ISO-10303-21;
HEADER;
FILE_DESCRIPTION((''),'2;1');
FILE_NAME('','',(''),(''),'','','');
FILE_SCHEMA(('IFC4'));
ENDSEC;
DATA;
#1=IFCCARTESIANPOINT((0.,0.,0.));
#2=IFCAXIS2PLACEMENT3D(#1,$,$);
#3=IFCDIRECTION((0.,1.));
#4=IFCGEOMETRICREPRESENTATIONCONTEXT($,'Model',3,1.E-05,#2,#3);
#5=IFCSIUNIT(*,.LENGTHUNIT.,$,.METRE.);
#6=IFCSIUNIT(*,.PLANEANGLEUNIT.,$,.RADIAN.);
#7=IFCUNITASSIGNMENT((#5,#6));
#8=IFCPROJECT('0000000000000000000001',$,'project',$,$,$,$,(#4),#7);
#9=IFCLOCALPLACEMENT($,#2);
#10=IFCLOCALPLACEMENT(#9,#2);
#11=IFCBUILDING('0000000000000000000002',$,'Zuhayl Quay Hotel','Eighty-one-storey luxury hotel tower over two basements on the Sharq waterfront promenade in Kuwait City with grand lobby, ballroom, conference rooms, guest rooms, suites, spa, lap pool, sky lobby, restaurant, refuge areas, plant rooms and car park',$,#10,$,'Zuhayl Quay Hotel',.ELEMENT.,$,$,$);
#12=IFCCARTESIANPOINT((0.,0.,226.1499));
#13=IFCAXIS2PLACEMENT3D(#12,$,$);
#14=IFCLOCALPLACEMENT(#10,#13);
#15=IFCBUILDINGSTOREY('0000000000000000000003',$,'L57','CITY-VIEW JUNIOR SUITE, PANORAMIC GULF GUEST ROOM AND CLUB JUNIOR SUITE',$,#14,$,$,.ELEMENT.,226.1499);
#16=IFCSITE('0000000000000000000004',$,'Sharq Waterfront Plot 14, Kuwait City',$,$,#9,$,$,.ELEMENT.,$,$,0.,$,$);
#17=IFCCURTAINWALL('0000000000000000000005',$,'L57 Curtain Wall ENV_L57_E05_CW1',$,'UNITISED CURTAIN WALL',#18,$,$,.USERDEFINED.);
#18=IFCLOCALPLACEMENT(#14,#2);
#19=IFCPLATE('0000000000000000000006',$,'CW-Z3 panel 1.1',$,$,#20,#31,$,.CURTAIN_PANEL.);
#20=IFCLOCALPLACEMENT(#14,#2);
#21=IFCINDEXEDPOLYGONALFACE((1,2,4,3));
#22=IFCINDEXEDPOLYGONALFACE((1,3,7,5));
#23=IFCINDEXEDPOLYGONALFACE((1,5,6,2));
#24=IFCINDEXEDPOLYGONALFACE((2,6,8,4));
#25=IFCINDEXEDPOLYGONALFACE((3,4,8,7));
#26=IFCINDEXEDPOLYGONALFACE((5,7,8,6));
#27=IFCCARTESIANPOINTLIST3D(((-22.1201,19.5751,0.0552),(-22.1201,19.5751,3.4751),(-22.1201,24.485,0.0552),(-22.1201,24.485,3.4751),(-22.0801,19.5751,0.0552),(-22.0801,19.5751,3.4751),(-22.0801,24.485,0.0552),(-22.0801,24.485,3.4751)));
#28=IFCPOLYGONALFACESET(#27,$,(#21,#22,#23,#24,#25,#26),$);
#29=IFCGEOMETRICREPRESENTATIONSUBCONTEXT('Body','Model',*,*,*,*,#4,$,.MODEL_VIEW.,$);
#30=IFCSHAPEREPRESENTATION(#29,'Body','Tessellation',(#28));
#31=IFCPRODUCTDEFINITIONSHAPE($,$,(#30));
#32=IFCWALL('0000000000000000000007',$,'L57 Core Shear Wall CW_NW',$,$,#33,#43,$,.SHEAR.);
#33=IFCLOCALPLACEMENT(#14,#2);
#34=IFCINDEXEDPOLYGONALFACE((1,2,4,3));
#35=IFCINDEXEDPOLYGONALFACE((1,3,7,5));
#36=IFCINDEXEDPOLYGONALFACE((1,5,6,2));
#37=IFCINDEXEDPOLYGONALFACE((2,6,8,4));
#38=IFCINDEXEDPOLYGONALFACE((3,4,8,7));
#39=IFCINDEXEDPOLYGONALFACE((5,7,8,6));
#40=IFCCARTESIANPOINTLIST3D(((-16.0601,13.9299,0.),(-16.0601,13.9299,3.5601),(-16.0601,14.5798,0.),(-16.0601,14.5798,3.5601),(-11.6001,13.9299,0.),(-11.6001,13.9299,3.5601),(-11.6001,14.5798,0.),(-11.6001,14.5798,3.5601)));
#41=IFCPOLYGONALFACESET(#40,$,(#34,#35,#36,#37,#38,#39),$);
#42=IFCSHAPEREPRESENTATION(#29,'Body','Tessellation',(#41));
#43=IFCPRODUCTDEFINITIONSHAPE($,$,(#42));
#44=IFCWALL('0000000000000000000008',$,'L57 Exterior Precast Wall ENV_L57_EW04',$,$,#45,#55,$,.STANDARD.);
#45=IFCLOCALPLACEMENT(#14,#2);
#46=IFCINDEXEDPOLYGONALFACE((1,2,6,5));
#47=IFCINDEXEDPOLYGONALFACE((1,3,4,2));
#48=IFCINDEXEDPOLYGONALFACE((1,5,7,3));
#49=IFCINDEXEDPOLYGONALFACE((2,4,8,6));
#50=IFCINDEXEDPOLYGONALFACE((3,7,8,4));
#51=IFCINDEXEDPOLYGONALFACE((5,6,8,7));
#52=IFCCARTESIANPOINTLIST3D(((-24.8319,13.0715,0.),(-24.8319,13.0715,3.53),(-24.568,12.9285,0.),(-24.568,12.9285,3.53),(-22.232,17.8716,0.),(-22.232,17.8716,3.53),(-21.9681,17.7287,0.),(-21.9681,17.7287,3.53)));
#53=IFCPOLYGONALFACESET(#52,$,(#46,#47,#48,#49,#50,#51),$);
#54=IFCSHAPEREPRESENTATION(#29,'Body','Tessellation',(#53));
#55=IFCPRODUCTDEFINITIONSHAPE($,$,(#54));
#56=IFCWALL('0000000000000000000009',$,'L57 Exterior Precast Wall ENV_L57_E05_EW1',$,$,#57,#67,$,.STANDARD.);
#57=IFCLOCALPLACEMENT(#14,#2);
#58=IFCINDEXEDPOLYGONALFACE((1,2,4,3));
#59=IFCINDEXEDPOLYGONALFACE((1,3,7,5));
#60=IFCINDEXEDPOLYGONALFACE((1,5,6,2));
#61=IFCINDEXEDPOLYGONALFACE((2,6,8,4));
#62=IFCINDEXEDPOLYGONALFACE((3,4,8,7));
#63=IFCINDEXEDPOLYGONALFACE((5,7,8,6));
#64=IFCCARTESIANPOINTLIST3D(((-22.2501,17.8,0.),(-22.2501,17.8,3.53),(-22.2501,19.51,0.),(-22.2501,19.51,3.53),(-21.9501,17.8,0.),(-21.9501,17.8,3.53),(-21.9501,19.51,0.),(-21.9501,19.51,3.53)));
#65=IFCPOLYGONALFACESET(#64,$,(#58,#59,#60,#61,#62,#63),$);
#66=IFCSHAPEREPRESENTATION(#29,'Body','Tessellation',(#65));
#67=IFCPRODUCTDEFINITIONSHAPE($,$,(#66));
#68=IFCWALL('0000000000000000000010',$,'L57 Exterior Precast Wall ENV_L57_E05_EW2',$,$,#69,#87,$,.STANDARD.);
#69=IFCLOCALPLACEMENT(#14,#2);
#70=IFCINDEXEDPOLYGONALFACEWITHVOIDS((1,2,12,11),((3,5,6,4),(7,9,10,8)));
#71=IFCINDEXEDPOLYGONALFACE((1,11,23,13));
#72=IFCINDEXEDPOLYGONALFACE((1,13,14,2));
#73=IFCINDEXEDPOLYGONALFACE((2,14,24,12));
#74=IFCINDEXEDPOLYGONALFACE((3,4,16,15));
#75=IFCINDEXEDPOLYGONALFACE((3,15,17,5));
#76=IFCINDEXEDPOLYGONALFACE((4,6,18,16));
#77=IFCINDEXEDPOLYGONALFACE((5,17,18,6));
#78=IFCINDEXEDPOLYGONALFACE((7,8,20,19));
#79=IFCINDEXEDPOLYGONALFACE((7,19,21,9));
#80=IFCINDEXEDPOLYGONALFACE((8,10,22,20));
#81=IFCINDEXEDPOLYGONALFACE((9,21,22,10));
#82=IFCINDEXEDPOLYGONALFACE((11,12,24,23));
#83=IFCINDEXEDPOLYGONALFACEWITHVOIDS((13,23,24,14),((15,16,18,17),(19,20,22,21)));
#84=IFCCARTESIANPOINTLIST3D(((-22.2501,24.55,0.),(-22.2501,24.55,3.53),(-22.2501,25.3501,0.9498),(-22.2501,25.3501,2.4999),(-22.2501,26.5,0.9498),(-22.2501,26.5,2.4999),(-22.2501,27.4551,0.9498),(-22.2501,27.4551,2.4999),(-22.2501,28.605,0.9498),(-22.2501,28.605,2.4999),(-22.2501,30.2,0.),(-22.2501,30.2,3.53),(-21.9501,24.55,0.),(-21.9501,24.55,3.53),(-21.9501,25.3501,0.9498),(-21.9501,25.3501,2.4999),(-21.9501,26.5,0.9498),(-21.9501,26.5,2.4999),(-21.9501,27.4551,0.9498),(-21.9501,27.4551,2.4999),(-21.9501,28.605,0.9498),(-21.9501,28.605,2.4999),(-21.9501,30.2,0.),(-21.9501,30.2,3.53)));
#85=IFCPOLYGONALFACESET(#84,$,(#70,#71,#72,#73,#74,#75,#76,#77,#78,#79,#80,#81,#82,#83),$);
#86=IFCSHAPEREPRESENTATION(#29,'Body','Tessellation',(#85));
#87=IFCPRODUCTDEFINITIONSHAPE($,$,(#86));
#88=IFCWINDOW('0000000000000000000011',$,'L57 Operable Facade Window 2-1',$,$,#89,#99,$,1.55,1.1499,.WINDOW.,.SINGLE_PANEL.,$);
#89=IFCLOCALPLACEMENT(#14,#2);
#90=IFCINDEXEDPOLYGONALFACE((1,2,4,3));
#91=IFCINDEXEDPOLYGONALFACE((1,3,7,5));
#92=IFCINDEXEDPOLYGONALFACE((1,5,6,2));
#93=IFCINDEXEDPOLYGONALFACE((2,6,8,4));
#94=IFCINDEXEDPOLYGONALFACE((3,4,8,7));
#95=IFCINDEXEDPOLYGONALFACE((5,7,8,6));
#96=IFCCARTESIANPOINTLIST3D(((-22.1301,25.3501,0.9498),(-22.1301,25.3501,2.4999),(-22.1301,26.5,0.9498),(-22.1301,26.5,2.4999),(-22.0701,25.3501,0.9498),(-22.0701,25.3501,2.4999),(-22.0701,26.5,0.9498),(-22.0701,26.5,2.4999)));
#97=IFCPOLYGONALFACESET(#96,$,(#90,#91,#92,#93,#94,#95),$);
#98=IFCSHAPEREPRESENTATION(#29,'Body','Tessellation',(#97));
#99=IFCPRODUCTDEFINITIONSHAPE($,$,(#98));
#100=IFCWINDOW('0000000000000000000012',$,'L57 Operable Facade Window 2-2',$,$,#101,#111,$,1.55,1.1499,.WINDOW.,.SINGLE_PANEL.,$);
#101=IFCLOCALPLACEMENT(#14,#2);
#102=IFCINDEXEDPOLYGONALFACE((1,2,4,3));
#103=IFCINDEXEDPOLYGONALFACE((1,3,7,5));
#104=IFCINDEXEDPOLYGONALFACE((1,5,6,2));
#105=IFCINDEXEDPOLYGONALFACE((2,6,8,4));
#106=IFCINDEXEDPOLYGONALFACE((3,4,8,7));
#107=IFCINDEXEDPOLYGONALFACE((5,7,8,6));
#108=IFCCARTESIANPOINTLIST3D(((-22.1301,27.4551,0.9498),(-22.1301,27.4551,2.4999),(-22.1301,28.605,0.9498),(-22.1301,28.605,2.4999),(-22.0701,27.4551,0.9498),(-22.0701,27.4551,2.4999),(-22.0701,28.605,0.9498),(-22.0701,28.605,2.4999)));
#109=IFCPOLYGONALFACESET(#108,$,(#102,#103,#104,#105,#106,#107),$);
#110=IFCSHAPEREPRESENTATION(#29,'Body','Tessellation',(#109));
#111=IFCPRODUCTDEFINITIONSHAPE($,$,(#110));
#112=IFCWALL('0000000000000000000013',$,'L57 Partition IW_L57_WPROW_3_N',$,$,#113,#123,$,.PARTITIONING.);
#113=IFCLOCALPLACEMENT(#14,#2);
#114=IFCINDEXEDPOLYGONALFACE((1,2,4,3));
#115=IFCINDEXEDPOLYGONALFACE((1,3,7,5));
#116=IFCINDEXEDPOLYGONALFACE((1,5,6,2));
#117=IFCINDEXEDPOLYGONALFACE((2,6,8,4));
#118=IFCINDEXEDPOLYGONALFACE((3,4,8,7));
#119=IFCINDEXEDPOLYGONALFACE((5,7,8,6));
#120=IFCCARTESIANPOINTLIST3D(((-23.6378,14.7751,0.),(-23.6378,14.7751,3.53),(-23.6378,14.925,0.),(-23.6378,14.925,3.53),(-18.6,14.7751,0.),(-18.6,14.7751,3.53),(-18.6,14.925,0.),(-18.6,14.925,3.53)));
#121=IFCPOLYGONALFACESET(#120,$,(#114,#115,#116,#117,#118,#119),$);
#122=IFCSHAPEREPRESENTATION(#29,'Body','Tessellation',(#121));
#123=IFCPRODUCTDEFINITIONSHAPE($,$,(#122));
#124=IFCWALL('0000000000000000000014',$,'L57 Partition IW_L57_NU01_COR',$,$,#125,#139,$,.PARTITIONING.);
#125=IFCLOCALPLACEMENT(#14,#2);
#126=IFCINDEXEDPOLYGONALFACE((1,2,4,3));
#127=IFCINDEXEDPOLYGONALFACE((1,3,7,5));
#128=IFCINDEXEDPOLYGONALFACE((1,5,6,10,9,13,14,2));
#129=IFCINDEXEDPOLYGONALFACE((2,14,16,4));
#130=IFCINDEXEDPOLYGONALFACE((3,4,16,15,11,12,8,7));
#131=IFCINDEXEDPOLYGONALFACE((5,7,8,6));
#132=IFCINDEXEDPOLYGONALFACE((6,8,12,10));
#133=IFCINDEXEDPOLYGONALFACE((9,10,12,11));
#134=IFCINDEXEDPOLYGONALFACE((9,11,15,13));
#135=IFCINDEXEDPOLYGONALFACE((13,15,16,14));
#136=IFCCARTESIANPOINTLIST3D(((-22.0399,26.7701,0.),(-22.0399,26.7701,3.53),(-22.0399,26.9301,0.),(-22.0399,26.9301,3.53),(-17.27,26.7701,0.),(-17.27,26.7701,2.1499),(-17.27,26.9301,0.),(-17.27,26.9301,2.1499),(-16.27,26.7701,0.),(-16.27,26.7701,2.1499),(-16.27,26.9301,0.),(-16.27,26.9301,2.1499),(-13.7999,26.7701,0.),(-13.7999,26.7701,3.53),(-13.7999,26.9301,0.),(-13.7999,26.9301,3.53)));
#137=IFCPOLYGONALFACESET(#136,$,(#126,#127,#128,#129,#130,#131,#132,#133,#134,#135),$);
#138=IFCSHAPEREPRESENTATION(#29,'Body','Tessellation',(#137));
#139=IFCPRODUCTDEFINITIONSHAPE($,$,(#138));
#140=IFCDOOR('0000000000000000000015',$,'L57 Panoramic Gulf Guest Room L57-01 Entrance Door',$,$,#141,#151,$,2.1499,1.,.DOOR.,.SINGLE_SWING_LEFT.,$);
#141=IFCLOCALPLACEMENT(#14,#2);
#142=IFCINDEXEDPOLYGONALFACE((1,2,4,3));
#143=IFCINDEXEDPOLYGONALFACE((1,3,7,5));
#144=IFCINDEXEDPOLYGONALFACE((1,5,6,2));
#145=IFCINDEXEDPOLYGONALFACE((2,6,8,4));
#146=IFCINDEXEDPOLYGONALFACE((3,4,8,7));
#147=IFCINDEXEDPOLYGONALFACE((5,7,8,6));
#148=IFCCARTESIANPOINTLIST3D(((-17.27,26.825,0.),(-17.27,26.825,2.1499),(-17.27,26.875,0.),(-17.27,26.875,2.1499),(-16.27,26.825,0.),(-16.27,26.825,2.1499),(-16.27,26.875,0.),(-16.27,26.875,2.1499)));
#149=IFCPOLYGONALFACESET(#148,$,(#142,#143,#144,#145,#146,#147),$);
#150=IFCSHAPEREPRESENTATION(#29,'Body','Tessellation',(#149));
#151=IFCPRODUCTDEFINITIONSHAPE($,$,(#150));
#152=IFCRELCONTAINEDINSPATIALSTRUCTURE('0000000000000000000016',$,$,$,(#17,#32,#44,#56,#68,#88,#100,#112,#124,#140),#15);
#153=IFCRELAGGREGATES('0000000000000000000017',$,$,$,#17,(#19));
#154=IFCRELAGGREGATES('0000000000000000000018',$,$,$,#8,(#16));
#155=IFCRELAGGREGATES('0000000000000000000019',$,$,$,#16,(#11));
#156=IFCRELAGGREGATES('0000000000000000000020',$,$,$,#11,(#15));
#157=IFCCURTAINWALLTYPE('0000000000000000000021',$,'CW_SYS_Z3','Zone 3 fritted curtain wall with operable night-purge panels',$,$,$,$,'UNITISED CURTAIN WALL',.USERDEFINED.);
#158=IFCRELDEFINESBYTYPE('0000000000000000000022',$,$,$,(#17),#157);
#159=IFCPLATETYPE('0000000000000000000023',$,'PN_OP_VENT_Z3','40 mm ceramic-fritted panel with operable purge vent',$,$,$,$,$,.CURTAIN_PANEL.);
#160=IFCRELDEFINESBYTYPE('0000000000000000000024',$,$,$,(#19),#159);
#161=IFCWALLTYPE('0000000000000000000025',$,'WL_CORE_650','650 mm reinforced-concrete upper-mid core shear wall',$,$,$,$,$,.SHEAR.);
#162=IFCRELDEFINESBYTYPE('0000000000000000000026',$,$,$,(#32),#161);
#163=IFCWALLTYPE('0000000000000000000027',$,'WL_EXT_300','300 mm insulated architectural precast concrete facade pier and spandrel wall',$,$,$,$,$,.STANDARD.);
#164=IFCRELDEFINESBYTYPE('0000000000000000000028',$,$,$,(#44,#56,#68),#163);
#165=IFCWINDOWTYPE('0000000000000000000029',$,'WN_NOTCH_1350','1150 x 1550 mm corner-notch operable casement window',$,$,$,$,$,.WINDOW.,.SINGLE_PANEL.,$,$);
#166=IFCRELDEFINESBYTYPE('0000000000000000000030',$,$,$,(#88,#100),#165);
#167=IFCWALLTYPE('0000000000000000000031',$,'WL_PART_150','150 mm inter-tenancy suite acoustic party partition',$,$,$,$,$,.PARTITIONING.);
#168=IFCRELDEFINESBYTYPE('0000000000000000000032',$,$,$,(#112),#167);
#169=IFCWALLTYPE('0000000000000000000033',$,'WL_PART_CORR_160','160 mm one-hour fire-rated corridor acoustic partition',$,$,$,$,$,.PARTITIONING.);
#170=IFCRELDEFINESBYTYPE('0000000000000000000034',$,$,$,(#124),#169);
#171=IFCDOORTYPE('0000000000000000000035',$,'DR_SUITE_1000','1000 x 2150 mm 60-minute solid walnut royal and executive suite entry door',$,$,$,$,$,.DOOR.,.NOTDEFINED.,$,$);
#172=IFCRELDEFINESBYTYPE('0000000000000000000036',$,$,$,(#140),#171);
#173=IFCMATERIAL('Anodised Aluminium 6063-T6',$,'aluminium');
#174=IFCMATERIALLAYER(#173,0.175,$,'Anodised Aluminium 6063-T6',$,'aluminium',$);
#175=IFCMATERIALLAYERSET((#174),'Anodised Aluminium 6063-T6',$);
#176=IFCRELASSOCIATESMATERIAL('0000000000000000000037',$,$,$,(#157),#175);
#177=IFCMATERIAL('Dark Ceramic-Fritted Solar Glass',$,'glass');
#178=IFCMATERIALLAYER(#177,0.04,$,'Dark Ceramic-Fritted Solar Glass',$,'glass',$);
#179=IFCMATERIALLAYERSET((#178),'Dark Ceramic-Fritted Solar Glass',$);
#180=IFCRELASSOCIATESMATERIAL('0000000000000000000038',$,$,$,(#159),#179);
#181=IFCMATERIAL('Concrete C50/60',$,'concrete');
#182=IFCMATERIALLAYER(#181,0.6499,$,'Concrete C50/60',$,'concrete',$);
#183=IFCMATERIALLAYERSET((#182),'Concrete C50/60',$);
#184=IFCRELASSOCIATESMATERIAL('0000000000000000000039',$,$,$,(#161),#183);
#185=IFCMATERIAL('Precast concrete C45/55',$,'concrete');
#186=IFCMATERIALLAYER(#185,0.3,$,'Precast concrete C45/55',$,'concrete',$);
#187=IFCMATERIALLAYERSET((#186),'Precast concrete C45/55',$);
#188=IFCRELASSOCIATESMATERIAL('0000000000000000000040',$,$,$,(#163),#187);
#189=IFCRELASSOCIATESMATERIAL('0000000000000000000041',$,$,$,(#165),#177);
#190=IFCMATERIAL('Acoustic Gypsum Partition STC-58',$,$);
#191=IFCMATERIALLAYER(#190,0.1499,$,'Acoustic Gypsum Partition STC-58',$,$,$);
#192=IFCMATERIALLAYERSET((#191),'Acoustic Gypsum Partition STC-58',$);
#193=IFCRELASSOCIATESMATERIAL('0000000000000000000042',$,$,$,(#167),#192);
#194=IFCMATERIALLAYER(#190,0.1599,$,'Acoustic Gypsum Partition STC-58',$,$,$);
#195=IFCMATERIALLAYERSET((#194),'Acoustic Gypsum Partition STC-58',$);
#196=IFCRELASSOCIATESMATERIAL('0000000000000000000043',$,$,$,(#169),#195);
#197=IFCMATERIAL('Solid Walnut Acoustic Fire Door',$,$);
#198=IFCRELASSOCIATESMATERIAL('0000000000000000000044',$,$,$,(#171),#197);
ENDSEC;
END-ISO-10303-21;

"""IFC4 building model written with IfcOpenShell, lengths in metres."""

from ifc_helpers import new_model, si_unit, direction, frame, frame_2d, origin, origin_2d, place, context, subcontext, project, spatial, rectangle, extrude, material, layer, layer_set, type_object, element, fill, aggregate, save


model = new_model("IFC4")

# Units and contexts
model_context = context("Model", 3, precision=1e-05, world=origin(), true_north=direction((0.0, 1.0)))
body_context = subcontext(model_context, "Body", "Model", "MODEL_VIEW")
ifc_project = project(units=[si_unit("LENGTHUNIT", "METRE"), si_unit("PLANEANGLEUNIT", "RADIAN")], contexts=[model_context])

# Site, building, storey
site_placement = place(None, origin())
site = spatial("IfcSite", under=ifc_project, at=site_placement, Name="Sharq Waterfront Plot 14, Kuwait City", CompositionType="ELEMENT", RefElevation=0.0)
building_placement = place(site_placement, origin())
building = spatial("IfcBuilding", under=site, at=building_placement, Name="Zuhayl Quay Hotel", Description="Eighty-one-storey luxury hotel tower over two basements on the Sharq waterfront promenade in Kuwait City with grand lobby, ballroom, conference rooms, guest rooms, suites, spa, lap pool, sky lobby, restaurant, refuge areas, plant rooms and car park", LongName="Zuhayl Quay Hotel", CompositionType="ELEMENT")
storey_placement = place(building_placement, frame((0.0, 0.0, 226.1499)))
storey = spatial("IfcBuildingStorey", under=building, at=storey_placement, Name="L57", Description="CITY-VIEW JUNIOR SUITE, PANORAMIC GULF GUEST ROOM AND CLUB JUNIOR SUITE", CompositionType="ELEMENT", Elevation=226.1499)

# Curtain wall, plate
ifc_material_1 = material(Name="Anodised Aluminium 6063-T6", Category="aluminium")
ifc_layer_1 = layer(ifc_material_1, 0.175, Name="Anodised Aluminium 6063-T6", Category="aluminium")
ifc_layer_set_1 = layer_set([ifc_layer_1], Name="Anodised Aluminium 6063-T6")
curtain_wall_type = type_object("IfcCurtainWallType", Name="CW_SYS_Z3", Description="Zone 3 fritted curtain wall with operable night-purge panels", ElementType="UNITISED CURTAIN WALL", PredefinedType="USERDEFINED", material=ifc_layer_set_1)
curtain_wall_placement = place(storey_placement, origin())
curtain_wall = element("IfcCurtainWall", 1, at=curtain_wall_placement, inside=storey, type_object=curtain_wall_type, Name="L57 Curtain Wall ENV_L57_E05_CW1", ObjectType="UNITISED CURTAIN WALL", PredefinedType="USERDEFINED")
ifc_material_2 = material(Name="Dark Ceramic-Fritted Solar Glass", Category="glass")
ifc_layer_2 = layer(ifc_material_2, 0.04, Name="Dark Ceramic-Fritted Solar Glass", Category="glass")
ifc_layer_set_2 = layer_set([ifc_layer_2], Name="Dark Ceramic-Fritted Solar Glass")
plate_type = type_object("IfcPlateType", Name="PN_OP_VENT_Z3", Description="40 mm ceramic-fritted panel with operable purge vent", PredefinedType="CURTAIN_PANEL", material=ifc_layer_set_2)
plate_placement = place(storey_placement, frame((-22.1001, 22.03, 0.0552), z_axis=(0.0, 0.0, 1.0), x_axis=(0.0, 1.0, 0.0)))
plate = element("IfcPlate", 2, at=plate_placement, type_object=plate_type, Name="CW-Z3 panel 1.1", PredefinedType="CURTAIN_PANEL", context=body_context, shape_type="SweptSolid", body=[
    extrude(rectangle(XDim=4.9099, YDim=0.04, at=origin_2d()), origin(), (0.0, 0.0, 1.0), 3.4199),
])
aggregate(curtain_wall, [plate])

# Walls
ifc_material_3 = material(Name="Concrete C50/60", Category="concrete")
ifc_layer_3 = layer(ifc_material_3, 0.6499, Name="Concrete C50/60", Category="concrete")
ifc_layer_set_3 = layer_set([ifc_layer_3], Name="Concrete C50/60")
wall_type_1 = type_object("IfcWallType", Name="WL_CORE_650", Description="650 mm reinforced-concrete upper-mid core shear wall", PredefinedType="SHEAR", material=ifc_layer_set_3)
wall_1_placement = place(storey_placement, frame((-16.0601, 14.2549, 0.0), z_axis=(0.0, 0.0, 1.0), x_axis=(1.0, 0.0, 0.0)))
element("IfcWall", 3, at=wall_1_placement, inside=storey, type_object=wall_type_1, Name="L57 Core Shear Wall CW_NW", PredefinedType="SHEAR", context=body_context, shape_type="SweptSolid", body=[
    extrude(rectangle(XDim=4.46, YDim=0.6499, at=frame_2d((2.23, 0.0))), origin(), (0.0, 0.0, 1.0), 3.5601),
])
ifc_material_4 = material(Name="Precast concrete C45/55", Category="concrete")
ifc_layer_4 = layer(ifc_material_4, 0.3, Name="Precast concrete C45/55", Category="concrete")
ifc_layer_set_4 = layer_set([ifc_layer_4], Name="Precast concrete C45/55")
wall_type_2 = type_object("IfcWallType", Name="WL_EXT_300", Description="300 mm insulated architectural precast concrete facade pier and spandrel wall", PredefinedType="STANDARD", material=ifc_layer_set_4)
wall_2_placement = place(storey_placement, frame((-24.7, 13.0, 0.0), z_axis=(0.0, 0.0, 1.0), x_axis=(0.476259, 0.879305, 0.0)))
element("IfcWall", 4, at=wall_2_placement, inside=storey, type_object=wall_type_2, Name="L57 Exterior Precast Wall ENV_L57_EW04", PredefinedType="STANDARD", context=body_context, shape_type="SweptSolid", body=[
    extrude(rectangle(XDim=5.459, YDim=0.3, at=frame_2d((2.7295, 0.0))), origin(), (0.0, 0.0, 1.0), 3.53),
])
wall_3_placement = place(storey_placement, frame((-22.1001, 17.8, 0.0), z_axis=(0.0, 0.0, 1.0), x_axis=(0.0, 1.0, 0.0)))
element("IfcWall", 5, at=wall_3_placement, inside=storey, type_object=wall_type_2, Name="L57 Exterior Precast Wall ENV_L57_E05_EW1", PredefinedType="STANDARD", context=body_context, shape_type="SweptSolid", body=[
    extrude(rectangle(XDim=1.71, YDim=0.3, at=frame_2d((0.855, 0.0))), origin(), (0.0, 0.0, 1.0), 3.53),
])

# Wall, openings, windows
wall_4_placement = place(storey_placement, frame((-22.1001, 24.55, 0.0), z_axis=(0.0, 0.0, 1.0), x_axis=(0.0, 1.0, 0.0)))
wall_4 = element("IfcWall", 6, at=wall_4_placement, inside=storey, type_object=wall_type_2, Name="L57 Exterior Precast Wall ENV_L57_E05_EW2", PredefinedType="STANDARD", context=body_context, shape_type="SweptSolid", body=[
    extrude(rectangle(XDim=5.6499, YDim=0.3, at=frame_2d((2.825, 0.0))), origin(), (0.0, 0.0, 1.0), 3.53),
])
opening_1_placement = place(wall_4_placement, frame((0.8, 0.0, 0.95)))
opening_1 = element("IfcOpeningElement", 7, at=opening_1_placement, cuts=wall_4, PredefinedType="OPENING", context=body_context, shape_type="SweptSolid", body=[
    extrude(rectangle(XDim=1.1499, YDim=1.55, at=frame_2d((0.575, 0.7749))), frame((0.0, 0.1599, 0.0), z_axis=(0.0, -1.0, 0.0), x_axis=(1.0, 0.0, 0.0)), (0.0, 0.0, 1.0), 0.3201),
])
opening_2_placement = place(wall_4_placement, frame((2.905, 0.0, 0.95)))
opening_2 = element("IfcOpeningElement", 8, at=opening_2_placement, cuts=wall_4, PredefinedType="OPENING", context=body_context, shape_type="SweptSolid", body=[
    extrude(rectangle(XDim=1.1499, YDim=1.55, at=frame_2d((0.575, 0.7749))), frame((0.0, 0.1599, 0.0), z_axis=(0.0, -1.0, 0.0), x_axis=(1.0, 0.0, 0.0)), (0.0, 0.0, 1.0), 0.3201),
])
window_type = type_object("IfcWindowType", Name="WN_NOTCH_1350", Description="1150 x 1550 mm corner-notch operable casement window", PartitioningType="SINGLE_PANEL", PredefinedType="WINDOW", material=ifc_material_2)
window_1_placement = place(opening_1_placement, origin())
window_1 = element("IfcWindow", 9, at=window_1_placement, inside=storey, type_object=window_type, Name="L57 Operable Facade Window 2-1", OverallHeight=1.55, OverallWidth=1.1499, PartitioningType="SINGLE_PANEL", PredefinedType="WINDOW", context=body_context, shape_type="SweptSolid", body=[
    extrude(rectangle(XDim=1.1499, YDim=1.55, at=frame_2d((0.575, 0.7749))), frame((0.0, 0.03, 0.0), z_axis=(0.0, -1.0, 0.0), x_axis=(1.0, 0.0, 0.0)), (0.0, 0.0, 1.0), 0.0601),
])
fill(opening_1, window_1)
window_2_placement = place(opening_2_placement, origin())
window_2 = element("IfcWindow", 10, at=window_2_placement, inside=storey, type_object=window_type, Name="L57 Operable Facade Window 2-2", OverallHeight=1.55, OverallWidth=1.1499, PartitioningType="SINGLE_PANEL", PredefinedType="WINDOW", context=body_context, shape_type="SweptSolid", body=[
    extrude(rectangle(XDim=1.1499, YDim=1.55, at=frame_2d((0.575, 0.7749))), frame((0.0, 0.03, 0.0), z_axis=(0.0, -1.0, 0.0), x_axis=(1.0, 0.0, 0.0)), (0.0, 0.0, 1.0), 0.0601),
])
fill(opening_2, window_2)

# Wall
ifc_material_5 = material(Name="Acoustic Gypsum Partition STC-58")
ifc_layer_5 = layer(ifc_material_5, 0.1499, Name="Acoustic Gypsum Partition STC-58")
ifc_layer_set_5 = layer_set([ifc_layer_5], Name="Acoustic Gypsum Partition STC-58")
wall_type_3 = type_object("IfcWallType", Name="WL_PART_150", Description="150 mm inter-tenancy suite acoustic party partition", PredefinedType="PARTITIONING", material=ifc_layer_set_5)
wall_5_placement = place(storey_placement, frame((-23.6379, 14.8501, 0.0), z_axis=(0.0, 0.0, 1.0), x_axis=(1.0, 0.0, 0.0)))
element("IfcWall", 11, at=wall_5_placement, inside=storey, type_object=wall_type_3, Name="L57 Partition IW_L57_WPROW_3_N", PredefinedType="PARTITIONING", context=body_context, shape_type="SweptSolid", body=[
    extrude(rectangle(XDim=5.0378, YDim=0.1499, at=frame_2d((2.519, 0.0))), origin(), (0.0, 0.0, 1.0), 3.53),
])

# Wall, opening, door
ifc_layer_6 = layer(ifc_material_5, 0.1599, Name="Acoustic Gypsum Partition STC-58")
ifc_layer_set_6 = layer_set([ifc_layer_6], Name="Acoustic Gypsum Partition STC-58")
wall_type_4 = type_object("IfcWallType", Name="WL_PART_CORR_160", Description="160 mm one-hour fire-rated corridor acoustic partition", PredefinedType="PARTITIONING", material=ifc_layer_set_6)
wall_6_placement = place(storey_placement, frame((-22.04, 26.8501, 0.0), z_axis=(0.0, 0.0, 1.0), x_axis=(1.0, 0.0, 0.0)))
wall_6 = element("IfcWall", 12, at=wall_6_placement, inside=storey, type_object=wall_type_4, Name="L57 Partition IW_L57_NU01_COR", PredefinedType="PARTITIONING", context=body_context, shape_type="SweptSolid", body=[
    extrude(rectangle(XDim=8.24, YDim=0.1599, at=frame_2d((4.1201, 0.0))), origin(), (0.0, 0.0, 1.0), 3.53),
])
opening_3_placement = place(wall_6_placement, frame((4.77, 0.0, 0.0)))
opening_3 = element("IfcOpeningElement", 13, at=opening_3_placement, cuts=wall_6, PredefinedType="OPENING", context=body_context, shape_type="SweptSolid", body=[
    extrude(rectangle(XDim=1.0, YDim=2.1499, at=frame_2d((0.5, 1.075))), frame((0.0, 0.0898, 0.0), z_axis=(0.0, -1.0, 0.0), x_axis=(1.0, 0.0, 0.0)), (0.0, 0.0, 1.0), 0.1799),
])
ifc_material_6 = material(Name="Solid Walnut Acoustic Fire Door")
door_type_1 = type_object("IfcDoorType", Name="DR_SUITE_1000", Description="1000 x 2150 mm 60-minute solid walnut royal and executive suite entry door", OperationType="NOTDEFINED", PredefinedType="DOOR", material=ifc_material_6)
door_1_placement = place(opening_3_placement, origin())
door_1 = element("IfcDoor", 14, at=door_1_placement, inside=storey, type_object=door_type_1, Name="L57 Panoramic Gulf Guest Room L57-01 Entrance Door", OperationType="SINGLE_SWING_LEFT", OverallHeight=2.1499, OverallWidth=1.0, PredefinedType="DOOR", context=body_context, shape_type="SweptSolid", body=[
    extrude(rectangle(XDim=1.0, YDim=2.1499, at=frame_2d((0.5, 1.075))), frame((0.0, 0.0249, 0.0), z_axis=(0.0, -1.0, 0.0), x_axis=(1.0, 0.0, 0.0)), (0.0, 0.0, 1.0), 0.05),
])
fill(opening_3, door_1)

save(model, "model.ifc")
